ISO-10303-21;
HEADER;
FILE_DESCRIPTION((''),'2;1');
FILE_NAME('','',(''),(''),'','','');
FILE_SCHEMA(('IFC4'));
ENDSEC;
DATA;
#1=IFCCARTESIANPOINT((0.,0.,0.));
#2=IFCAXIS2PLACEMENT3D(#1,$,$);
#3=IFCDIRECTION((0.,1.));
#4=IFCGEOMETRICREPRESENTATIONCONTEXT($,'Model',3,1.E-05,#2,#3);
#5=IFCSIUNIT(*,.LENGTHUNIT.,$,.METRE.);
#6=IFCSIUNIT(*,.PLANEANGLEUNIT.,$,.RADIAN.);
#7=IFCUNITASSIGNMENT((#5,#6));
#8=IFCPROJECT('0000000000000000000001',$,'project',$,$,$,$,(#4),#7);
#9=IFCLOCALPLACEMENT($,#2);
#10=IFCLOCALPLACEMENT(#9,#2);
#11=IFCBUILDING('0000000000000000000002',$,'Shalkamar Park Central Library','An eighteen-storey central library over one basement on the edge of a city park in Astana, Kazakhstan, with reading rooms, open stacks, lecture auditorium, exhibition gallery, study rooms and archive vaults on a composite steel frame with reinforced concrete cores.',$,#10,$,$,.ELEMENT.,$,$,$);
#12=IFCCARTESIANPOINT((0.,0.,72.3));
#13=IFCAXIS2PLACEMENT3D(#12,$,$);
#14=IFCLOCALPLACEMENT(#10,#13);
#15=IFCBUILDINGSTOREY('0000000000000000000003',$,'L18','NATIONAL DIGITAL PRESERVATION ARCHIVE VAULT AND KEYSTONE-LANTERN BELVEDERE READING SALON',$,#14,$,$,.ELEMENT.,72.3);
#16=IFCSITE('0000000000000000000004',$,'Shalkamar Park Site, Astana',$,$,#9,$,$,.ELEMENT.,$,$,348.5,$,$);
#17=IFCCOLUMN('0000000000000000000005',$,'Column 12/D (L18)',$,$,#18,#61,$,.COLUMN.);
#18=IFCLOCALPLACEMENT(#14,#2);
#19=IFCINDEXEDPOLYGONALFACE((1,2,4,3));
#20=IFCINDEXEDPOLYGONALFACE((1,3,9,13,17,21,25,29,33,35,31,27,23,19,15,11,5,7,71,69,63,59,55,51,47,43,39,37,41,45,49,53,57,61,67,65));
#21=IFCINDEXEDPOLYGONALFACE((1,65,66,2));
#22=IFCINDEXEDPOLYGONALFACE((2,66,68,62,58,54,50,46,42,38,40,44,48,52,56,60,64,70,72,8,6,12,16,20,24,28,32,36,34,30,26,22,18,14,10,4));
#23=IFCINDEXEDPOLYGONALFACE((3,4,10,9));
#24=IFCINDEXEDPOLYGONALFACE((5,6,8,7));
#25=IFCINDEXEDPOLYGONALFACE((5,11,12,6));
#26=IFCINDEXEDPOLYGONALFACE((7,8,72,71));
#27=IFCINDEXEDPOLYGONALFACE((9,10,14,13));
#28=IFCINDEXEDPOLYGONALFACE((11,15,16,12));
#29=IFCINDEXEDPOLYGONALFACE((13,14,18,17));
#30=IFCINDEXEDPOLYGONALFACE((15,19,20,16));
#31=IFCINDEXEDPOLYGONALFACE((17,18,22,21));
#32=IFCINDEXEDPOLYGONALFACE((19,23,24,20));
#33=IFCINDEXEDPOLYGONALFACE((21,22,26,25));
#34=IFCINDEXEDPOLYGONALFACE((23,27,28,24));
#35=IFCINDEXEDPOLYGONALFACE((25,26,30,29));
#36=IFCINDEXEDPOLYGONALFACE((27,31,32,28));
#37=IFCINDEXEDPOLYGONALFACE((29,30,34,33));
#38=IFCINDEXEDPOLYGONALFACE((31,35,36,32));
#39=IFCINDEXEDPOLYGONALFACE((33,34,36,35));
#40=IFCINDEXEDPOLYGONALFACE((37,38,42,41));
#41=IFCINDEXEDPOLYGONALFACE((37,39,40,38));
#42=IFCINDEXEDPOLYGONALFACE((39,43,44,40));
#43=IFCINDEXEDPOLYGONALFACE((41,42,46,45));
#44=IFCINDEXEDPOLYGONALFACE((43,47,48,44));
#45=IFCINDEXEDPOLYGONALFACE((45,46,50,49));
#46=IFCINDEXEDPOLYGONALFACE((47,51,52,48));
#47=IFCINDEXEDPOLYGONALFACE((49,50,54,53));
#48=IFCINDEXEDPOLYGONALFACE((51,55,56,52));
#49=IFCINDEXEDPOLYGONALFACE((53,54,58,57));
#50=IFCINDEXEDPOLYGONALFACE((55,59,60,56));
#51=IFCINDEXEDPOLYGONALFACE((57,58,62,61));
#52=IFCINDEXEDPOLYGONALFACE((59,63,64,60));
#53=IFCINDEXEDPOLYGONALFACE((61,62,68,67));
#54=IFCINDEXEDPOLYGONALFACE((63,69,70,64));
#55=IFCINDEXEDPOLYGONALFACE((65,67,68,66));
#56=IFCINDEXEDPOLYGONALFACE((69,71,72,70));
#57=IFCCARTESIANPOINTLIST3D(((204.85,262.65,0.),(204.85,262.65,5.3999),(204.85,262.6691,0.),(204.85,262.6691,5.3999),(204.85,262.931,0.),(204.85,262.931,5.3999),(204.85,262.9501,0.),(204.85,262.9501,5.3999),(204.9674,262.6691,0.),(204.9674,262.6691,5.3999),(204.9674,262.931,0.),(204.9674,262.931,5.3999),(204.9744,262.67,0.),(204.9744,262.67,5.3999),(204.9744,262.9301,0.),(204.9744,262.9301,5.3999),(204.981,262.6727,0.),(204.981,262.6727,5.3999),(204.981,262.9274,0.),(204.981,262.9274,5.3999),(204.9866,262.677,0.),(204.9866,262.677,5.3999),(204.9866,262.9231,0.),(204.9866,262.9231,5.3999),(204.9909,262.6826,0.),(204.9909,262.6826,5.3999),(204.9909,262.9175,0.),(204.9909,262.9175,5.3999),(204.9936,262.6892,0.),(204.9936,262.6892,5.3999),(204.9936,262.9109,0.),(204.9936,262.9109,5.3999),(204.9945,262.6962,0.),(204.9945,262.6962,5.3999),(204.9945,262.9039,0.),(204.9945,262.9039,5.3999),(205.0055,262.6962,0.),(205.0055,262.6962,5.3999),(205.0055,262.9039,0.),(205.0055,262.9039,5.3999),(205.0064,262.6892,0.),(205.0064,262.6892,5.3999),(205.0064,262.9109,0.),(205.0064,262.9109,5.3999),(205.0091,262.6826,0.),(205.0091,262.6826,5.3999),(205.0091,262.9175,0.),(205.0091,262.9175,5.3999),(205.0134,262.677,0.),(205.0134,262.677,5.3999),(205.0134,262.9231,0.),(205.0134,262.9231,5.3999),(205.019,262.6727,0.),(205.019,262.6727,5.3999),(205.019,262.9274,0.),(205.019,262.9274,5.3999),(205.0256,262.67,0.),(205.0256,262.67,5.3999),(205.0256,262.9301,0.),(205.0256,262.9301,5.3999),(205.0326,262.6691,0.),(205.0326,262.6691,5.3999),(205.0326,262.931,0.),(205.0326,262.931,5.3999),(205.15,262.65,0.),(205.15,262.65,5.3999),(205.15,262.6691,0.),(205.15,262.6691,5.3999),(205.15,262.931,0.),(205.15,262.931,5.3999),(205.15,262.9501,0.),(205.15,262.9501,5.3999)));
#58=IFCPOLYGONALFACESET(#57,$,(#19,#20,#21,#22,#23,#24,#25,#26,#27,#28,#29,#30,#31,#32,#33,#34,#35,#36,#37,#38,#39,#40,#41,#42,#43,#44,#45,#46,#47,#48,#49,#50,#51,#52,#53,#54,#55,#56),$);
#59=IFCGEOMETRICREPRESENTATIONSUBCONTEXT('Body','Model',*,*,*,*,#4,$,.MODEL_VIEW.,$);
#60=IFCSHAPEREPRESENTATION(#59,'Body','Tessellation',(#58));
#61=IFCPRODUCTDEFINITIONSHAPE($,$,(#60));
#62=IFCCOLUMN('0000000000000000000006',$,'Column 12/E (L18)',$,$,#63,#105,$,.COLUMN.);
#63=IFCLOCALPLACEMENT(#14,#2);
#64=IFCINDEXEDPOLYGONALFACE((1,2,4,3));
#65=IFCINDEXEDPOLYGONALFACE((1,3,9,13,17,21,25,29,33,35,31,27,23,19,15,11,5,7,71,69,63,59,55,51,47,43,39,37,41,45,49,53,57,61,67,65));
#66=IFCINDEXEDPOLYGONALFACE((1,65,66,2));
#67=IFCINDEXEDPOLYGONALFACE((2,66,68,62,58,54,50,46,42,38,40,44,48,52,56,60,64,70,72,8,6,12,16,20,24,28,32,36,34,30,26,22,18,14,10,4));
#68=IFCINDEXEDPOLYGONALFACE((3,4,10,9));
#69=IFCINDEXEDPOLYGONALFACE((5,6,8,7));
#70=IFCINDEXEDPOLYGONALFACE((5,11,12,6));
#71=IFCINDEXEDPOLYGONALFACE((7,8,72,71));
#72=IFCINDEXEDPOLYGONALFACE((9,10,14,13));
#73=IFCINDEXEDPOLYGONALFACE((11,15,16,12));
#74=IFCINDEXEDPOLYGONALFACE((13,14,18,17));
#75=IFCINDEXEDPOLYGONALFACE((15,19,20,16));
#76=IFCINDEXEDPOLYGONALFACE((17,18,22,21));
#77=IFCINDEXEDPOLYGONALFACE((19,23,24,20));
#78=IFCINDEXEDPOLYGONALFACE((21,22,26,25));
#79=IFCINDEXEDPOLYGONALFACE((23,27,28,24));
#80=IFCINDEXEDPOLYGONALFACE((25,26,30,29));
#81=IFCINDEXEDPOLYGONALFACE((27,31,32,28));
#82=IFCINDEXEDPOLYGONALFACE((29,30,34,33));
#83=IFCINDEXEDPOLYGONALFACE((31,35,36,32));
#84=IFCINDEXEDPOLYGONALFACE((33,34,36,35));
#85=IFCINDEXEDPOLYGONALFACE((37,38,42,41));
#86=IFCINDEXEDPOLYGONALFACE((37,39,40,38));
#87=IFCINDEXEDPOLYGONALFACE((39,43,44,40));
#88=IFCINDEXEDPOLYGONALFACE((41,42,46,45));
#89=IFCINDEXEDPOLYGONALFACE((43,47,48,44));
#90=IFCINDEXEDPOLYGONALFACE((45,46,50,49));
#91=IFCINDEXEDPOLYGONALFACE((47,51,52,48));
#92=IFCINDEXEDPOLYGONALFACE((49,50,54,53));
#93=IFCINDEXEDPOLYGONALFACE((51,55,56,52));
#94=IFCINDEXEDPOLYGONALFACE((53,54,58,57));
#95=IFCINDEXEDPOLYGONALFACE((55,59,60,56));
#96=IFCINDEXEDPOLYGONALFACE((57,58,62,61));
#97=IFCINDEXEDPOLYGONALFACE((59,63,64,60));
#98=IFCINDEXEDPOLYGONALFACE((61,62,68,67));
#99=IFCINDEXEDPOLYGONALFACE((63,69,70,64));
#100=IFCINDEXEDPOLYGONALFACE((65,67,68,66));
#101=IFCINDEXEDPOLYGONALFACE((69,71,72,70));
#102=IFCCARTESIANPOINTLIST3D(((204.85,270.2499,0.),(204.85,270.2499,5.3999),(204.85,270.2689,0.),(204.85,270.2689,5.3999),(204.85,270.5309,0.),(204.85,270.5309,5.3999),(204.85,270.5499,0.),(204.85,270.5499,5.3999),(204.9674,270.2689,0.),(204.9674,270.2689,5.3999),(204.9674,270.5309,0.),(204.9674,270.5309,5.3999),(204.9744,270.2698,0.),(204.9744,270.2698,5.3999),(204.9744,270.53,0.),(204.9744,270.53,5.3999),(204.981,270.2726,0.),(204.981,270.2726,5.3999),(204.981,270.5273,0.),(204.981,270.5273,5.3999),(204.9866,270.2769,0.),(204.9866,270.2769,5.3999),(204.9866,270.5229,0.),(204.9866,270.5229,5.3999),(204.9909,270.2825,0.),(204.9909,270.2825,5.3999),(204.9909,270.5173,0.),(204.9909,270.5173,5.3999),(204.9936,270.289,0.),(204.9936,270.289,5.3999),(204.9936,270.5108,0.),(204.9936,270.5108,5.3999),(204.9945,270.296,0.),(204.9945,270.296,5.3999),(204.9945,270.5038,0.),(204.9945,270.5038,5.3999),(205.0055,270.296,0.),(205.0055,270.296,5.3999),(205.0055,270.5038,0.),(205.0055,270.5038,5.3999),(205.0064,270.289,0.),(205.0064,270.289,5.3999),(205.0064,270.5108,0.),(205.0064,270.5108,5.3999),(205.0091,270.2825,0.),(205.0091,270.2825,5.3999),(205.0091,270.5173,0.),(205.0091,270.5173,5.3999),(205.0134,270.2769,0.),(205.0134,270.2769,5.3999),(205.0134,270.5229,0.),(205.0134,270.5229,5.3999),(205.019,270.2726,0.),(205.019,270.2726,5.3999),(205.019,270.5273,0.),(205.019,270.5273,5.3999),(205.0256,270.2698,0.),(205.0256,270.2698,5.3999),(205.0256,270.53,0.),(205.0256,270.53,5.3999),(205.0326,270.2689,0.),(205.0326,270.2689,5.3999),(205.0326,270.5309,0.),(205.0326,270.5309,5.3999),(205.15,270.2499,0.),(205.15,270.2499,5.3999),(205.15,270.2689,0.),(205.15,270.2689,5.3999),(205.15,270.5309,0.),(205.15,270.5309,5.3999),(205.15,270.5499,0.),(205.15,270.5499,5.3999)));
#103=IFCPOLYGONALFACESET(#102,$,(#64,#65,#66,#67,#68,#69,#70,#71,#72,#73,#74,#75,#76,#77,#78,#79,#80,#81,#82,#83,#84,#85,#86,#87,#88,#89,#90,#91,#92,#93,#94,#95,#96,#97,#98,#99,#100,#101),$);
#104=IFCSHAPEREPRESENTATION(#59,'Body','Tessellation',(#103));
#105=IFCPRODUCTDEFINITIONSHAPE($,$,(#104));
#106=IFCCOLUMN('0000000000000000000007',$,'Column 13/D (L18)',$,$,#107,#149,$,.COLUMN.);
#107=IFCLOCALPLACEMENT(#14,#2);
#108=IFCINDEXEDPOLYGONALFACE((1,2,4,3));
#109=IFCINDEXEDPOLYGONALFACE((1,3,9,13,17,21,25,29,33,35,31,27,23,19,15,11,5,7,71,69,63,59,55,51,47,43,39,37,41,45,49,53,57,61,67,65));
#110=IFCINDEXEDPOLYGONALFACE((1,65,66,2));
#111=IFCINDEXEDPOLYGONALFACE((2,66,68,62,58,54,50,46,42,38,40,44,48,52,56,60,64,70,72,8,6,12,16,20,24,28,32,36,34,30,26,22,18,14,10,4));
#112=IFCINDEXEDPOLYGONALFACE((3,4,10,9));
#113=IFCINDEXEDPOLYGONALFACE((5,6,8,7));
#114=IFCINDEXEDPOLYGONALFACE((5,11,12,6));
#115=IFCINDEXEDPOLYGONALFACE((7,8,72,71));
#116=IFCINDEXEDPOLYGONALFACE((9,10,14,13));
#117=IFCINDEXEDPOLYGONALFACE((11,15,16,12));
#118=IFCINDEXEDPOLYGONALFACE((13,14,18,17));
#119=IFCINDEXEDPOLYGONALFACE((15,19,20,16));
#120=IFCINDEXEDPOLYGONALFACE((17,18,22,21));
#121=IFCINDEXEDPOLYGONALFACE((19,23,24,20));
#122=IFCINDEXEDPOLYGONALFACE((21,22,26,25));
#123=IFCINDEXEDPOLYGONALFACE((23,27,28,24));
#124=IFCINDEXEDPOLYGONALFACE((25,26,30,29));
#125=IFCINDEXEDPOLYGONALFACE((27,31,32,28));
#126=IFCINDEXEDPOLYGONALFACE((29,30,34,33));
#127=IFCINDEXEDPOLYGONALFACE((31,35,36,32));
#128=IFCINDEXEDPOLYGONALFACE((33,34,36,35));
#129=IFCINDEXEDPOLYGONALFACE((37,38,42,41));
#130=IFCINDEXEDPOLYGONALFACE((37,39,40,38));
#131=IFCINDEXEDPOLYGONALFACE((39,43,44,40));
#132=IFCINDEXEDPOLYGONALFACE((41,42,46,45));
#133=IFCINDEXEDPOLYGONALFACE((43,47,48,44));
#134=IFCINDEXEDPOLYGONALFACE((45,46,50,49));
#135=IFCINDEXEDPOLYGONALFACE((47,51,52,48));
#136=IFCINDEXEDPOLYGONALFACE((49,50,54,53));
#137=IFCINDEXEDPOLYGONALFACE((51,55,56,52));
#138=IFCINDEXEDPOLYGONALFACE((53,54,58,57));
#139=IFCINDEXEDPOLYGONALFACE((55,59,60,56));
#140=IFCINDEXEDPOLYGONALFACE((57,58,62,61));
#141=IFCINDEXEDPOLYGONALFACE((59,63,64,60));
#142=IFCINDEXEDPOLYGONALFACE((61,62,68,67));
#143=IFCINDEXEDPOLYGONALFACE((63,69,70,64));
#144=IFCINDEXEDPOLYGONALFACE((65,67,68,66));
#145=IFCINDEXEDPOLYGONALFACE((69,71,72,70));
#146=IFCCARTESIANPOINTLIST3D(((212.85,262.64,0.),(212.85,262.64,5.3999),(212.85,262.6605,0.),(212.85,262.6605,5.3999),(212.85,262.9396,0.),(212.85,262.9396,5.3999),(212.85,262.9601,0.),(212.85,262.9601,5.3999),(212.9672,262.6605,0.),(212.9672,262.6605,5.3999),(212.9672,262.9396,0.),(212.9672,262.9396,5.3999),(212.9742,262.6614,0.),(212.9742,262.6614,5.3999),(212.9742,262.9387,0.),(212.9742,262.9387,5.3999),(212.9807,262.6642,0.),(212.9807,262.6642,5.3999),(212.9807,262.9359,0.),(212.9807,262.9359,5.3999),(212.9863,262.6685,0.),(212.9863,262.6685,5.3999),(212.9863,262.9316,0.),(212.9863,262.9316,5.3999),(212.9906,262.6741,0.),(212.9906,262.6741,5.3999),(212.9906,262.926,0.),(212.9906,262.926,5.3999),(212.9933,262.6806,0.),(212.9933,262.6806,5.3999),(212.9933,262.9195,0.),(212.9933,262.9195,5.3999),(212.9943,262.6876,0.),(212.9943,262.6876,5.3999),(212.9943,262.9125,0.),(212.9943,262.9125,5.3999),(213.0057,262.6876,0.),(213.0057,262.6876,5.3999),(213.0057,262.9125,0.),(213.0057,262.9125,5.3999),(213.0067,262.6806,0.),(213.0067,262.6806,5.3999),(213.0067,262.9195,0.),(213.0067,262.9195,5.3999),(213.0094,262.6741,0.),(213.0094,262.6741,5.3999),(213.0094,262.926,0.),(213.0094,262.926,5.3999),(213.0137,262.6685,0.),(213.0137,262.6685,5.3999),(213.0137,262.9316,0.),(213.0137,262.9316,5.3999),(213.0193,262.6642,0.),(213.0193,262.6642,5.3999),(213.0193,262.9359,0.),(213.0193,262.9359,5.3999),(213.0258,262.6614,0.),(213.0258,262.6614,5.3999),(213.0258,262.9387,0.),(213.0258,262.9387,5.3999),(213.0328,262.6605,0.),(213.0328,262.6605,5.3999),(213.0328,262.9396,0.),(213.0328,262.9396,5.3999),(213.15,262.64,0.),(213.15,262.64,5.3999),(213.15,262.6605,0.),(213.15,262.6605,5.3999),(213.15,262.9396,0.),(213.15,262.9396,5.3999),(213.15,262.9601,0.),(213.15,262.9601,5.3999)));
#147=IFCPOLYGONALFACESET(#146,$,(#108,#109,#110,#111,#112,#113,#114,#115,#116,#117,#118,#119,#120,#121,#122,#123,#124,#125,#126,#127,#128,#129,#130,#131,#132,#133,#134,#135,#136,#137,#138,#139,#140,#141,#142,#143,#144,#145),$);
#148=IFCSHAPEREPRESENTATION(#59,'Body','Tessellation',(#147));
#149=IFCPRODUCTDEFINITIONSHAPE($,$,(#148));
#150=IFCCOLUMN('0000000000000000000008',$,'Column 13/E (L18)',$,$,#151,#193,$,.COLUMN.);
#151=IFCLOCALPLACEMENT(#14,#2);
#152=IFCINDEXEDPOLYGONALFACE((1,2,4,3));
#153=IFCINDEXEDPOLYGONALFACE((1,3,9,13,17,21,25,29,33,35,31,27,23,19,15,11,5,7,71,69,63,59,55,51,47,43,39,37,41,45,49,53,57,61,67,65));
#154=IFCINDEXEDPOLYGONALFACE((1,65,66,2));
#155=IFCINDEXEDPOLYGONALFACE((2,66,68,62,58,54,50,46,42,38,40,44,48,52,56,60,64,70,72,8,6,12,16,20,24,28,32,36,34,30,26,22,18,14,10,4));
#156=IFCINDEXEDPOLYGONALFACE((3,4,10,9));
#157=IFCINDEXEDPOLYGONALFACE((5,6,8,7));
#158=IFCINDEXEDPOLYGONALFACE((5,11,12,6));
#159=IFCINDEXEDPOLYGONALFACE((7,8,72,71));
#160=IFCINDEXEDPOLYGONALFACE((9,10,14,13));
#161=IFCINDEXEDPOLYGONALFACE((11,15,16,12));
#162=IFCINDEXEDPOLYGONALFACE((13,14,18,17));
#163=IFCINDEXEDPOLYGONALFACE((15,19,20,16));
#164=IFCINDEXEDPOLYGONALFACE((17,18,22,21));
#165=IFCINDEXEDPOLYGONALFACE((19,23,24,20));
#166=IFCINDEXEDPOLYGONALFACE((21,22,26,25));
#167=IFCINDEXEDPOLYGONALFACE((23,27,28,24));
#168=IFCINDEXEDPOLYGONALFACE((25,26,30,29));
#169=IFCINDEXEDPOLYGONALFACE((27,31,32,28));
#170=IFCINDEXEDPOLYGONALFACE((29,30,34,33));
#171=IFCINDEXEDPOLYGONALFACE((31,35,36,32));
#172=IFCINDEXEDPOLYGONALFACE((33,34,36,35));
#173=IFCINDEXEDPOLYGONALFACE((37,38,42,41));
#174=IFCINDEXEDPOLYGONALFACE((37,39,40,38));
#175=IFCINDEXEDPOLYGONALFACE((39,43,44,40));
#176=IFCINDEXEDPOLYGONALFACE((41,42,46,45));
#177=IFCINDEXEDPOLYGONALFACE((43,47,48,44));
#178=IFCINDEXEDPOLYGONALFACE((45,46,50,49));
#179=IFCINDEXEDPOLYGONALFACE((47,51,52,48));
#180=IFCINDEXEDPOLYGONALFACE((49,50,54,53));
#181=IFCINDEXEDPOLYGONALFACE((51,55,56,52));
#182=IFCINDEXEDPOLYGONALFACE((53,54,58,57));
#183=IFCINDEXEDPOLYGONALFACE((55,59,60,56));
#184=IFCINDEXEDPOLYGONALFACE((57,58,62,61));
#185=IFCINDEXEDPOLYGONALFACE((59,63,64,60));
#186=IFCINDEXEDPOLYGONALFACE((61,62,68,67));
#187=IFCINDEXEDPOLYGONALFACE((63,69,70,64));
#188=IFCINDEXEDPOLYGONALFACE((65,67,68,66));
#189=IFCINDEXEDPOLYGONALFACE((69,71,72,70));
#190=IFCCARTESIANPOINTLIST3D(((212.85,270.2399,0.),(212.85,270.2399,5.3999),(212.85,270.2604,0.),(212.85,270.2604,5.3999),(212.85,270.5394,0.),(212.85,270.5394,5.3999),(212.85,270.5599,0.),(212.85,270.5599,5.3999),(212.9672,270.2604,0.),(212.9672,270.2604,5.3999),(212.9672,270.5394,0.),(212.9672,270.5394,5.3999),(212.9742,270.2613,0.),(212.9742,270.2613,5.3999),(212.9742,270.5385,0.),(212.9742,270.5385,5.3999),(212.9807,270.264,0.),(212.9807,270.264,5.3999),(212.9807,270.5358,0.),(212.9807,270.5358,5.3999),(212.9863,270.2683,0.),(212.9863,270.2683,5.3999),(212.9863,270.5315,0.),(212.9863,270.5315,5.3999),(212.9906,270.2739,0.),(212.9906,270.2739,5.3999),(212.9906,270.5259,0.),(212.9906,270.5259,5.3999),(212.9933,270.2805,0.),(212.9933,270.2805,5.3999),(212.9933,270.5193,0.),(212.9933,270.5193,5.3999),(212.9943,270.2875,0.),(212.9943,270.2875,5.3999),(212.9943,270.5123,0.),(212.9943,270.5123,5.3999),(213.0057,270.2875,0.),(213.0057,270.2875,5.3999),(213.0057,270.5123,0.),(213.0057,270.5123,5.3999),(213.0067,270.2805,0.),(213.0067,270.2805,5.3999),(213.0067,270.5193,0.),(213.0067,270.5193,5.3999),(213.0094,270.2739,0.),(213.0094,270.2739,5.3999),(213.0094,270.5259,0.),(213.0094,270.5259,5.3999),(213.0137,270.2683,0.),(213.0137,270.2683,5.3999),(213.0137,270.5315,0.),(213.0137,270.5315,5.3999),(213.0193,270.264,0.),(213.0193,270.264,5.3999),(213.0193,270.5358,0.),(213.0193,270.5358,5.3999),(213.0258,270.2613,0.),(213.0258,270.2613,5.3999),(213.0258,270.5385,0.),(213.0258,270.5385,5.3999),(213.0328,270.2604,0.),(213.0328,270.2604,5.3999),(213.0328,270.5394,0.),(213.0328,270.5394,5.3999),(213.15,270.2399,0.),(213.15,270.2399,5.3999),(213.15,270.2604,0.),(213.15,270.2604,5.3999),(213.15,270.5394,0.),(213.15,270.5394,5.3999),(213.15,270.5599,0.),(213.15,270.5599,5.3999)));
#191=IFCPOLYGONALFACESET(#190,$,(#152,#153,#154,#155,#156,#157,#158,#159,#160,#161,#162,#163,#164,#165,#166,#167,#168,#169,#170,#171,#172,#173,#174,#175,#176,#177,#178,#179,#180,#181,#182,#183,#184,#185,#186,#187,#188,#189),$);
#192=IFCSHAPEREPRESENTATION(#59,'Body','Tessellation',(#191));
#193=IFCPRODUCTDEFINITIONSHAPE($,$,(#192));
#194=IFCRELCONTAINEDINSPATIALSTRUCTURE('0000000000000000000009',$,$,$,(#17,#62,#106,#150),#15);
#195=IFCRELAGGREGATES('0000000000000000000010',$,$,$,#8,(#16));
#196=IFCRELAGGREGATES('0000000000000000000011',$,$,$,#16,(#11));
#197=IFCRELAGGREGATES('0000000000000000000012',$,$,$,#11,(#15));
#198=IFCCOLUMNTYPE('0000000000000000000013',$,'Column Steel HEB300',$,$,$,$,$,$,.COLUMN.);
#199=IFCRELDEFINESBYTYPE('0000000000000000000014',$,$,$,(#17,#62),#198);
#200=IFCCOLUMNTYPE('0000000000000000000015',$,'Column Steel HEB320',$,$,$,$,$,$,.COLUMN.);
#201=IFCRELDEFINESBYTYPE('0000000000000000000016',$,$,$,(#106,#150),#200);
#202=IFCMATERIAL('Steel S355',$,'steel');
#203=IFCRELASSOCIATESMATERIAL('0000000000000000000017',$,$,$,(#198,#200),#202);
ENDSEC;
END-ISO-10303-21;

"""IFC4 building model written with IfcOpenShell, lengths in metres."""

from ifc_helpers import new_model, si_unit, direction, frame, origin, origin_2d, place, context, subcontext, project, spatial, i_section, extrude, material, material_profile, profile_set, type_object, element, save


model = new_model("IFC4")

# Units and contexts
model_context = context("Model", 3, precision=1e-05, world=origin(), true_north=direction((0.0, 1.0)))
body_context = subcontext(model_context, "Body", "Model", "MODEL_VIEW")
ifc_project = project(units=[si_unit("LENGTHUNIT", "METRE"), si_unit("PLANEANGLEUNIT", "RADIAN")], contexts=[model_context])

# Site, building, storey
site_placement = place(None, origin())
site = spatial("IfcSite", under=ifc_project, at=site_placement, Name="Shalkamar Park Site, Astana", CompositionType="ELEMENT", RefElevation=348.5)
building_placement = place(site_placement, origin())
building = spatial("IfcBuilding", under=site, at=building_placement, Name="Shalkamar Park Central Library", Description="An eighteen-storey central library over one basement on the edge of a city park in Astana, Kazakhstan, with reading rooms, open stacks, lecture auditorium, exhibition gallery, study rooms and archive vaults on a composite steel frame with reinforced concrete cores.", CompositionType="ELEMENT")
storey_placement = place(building_placement, frame((0.0, 0.0, 72.3)))
storey = spatial("IfcBuildingStorey", under=building, at=storey_placement, Name="L18", Description="NATIONAL DIGITAL PRESERVATION ARCHIVE VAULT AND KEYSTONE-LANTERN BELVEDERE READING SALON", CompositionType="ELEMENT", Elevation=72.3)

# Columns
ifc_material_1 = material(Name="Steel S355", Category="steel")
ifc_material_profile_1 = material_profile(ifc_material_1, i_section(OverallWidth=0.3, OverallDepth=0.3, WebThickness=0.011, FlangeThickness=0.019, FilletRadius=0.0271, at=origin_2d()), Name="HEB 300")
ifc_profile_set_1 = profile_set([ifc_material_profile_1], Name="Steel S355")
column_type_1 = type_object("IfcColumnType", Name="Column Steel HEB300", PredefinedType="COLUMN", material=ifc_profile_set_1)
for number, where, z_axis, x_axis, name in (
    (1, (205.0, 262.8, 0.0), (0.0, 0.0, 1.0), (1.0, 0.0, 0.0), "Column 12/D (L18)"),
    (2, (205.0, 270.3999, 0.0), (0.0, 0.0, 1.0), (1.0, 0.0, 0.0), "Column 12/E (L18)"),
):
    element("IfcColumn", number, at=place(storey_placement, frame(where, z_axis=z_axis, x_axis=x_axis)), inside=storey, type_object=column_type_1, Name=name, PredefinedType="COLUMN", context=body_context, shape_type="SweptSolid", body=[
        extrude(i_section(OverallWidth=0.3, OverallDepth=0.3, WebThickness=0.011, FlangeThickness=0.019, FilletRadius=0.0271, at=origin_2d()), origin(), (0.0, 0.0, 1.0), 5.3999),
    ])
ifc_material_profile_2 = material_profile(ifc_material_1, i_section(OverallWidth=0.3, OverallDepth=0.3201, WebThickness=0.0115, FlangeThickness=0.0205, FilletRadius=0.0271, at=origin_2d()), Name="HEB 320")
ifc_profile_set_2 = profile_set([ifc_material_profile_2], Name="Steel S355")
column_type_2 = type_object("IfcColumnType", Name="Column Steel HEB320", PredefinedType="COLUMN", material=ifc_profile_set_2)
for number, where, z_axis, x_axis, name in (
    (3, (213.0, 262.8, 0.0), (0.0, 0.0, 1.0), (1.0, 0.0, 0.0), "Column 13/D (L18)"),
    (4, (213.0, 270.3999, 0.0), (0.0, 0.0, 1.0), (1.0, 0.0, 0.0), "Column 13/E (L18)"),
):
    element("IfcColumn", number, at=place(storey_placement, frame(where, z_axis=z_axis, x_axis=x_axis)), inside=storey, type_object=column_type_2, Name=name, PredefinedType="COLUMN", context=body_context, shape_type="SweptSolid", body=[
        extrude(i_section(OverallWidth=0.3, OverallDepth=0.3201, WebThickness=0.0115, FlangeThickness=0.0205, FilletRadius=0.0271, at=origin_2d()), origin(), (0.0, 0.0, 1.0), 5.3999),
    ])

save(model, "model.ifc")
